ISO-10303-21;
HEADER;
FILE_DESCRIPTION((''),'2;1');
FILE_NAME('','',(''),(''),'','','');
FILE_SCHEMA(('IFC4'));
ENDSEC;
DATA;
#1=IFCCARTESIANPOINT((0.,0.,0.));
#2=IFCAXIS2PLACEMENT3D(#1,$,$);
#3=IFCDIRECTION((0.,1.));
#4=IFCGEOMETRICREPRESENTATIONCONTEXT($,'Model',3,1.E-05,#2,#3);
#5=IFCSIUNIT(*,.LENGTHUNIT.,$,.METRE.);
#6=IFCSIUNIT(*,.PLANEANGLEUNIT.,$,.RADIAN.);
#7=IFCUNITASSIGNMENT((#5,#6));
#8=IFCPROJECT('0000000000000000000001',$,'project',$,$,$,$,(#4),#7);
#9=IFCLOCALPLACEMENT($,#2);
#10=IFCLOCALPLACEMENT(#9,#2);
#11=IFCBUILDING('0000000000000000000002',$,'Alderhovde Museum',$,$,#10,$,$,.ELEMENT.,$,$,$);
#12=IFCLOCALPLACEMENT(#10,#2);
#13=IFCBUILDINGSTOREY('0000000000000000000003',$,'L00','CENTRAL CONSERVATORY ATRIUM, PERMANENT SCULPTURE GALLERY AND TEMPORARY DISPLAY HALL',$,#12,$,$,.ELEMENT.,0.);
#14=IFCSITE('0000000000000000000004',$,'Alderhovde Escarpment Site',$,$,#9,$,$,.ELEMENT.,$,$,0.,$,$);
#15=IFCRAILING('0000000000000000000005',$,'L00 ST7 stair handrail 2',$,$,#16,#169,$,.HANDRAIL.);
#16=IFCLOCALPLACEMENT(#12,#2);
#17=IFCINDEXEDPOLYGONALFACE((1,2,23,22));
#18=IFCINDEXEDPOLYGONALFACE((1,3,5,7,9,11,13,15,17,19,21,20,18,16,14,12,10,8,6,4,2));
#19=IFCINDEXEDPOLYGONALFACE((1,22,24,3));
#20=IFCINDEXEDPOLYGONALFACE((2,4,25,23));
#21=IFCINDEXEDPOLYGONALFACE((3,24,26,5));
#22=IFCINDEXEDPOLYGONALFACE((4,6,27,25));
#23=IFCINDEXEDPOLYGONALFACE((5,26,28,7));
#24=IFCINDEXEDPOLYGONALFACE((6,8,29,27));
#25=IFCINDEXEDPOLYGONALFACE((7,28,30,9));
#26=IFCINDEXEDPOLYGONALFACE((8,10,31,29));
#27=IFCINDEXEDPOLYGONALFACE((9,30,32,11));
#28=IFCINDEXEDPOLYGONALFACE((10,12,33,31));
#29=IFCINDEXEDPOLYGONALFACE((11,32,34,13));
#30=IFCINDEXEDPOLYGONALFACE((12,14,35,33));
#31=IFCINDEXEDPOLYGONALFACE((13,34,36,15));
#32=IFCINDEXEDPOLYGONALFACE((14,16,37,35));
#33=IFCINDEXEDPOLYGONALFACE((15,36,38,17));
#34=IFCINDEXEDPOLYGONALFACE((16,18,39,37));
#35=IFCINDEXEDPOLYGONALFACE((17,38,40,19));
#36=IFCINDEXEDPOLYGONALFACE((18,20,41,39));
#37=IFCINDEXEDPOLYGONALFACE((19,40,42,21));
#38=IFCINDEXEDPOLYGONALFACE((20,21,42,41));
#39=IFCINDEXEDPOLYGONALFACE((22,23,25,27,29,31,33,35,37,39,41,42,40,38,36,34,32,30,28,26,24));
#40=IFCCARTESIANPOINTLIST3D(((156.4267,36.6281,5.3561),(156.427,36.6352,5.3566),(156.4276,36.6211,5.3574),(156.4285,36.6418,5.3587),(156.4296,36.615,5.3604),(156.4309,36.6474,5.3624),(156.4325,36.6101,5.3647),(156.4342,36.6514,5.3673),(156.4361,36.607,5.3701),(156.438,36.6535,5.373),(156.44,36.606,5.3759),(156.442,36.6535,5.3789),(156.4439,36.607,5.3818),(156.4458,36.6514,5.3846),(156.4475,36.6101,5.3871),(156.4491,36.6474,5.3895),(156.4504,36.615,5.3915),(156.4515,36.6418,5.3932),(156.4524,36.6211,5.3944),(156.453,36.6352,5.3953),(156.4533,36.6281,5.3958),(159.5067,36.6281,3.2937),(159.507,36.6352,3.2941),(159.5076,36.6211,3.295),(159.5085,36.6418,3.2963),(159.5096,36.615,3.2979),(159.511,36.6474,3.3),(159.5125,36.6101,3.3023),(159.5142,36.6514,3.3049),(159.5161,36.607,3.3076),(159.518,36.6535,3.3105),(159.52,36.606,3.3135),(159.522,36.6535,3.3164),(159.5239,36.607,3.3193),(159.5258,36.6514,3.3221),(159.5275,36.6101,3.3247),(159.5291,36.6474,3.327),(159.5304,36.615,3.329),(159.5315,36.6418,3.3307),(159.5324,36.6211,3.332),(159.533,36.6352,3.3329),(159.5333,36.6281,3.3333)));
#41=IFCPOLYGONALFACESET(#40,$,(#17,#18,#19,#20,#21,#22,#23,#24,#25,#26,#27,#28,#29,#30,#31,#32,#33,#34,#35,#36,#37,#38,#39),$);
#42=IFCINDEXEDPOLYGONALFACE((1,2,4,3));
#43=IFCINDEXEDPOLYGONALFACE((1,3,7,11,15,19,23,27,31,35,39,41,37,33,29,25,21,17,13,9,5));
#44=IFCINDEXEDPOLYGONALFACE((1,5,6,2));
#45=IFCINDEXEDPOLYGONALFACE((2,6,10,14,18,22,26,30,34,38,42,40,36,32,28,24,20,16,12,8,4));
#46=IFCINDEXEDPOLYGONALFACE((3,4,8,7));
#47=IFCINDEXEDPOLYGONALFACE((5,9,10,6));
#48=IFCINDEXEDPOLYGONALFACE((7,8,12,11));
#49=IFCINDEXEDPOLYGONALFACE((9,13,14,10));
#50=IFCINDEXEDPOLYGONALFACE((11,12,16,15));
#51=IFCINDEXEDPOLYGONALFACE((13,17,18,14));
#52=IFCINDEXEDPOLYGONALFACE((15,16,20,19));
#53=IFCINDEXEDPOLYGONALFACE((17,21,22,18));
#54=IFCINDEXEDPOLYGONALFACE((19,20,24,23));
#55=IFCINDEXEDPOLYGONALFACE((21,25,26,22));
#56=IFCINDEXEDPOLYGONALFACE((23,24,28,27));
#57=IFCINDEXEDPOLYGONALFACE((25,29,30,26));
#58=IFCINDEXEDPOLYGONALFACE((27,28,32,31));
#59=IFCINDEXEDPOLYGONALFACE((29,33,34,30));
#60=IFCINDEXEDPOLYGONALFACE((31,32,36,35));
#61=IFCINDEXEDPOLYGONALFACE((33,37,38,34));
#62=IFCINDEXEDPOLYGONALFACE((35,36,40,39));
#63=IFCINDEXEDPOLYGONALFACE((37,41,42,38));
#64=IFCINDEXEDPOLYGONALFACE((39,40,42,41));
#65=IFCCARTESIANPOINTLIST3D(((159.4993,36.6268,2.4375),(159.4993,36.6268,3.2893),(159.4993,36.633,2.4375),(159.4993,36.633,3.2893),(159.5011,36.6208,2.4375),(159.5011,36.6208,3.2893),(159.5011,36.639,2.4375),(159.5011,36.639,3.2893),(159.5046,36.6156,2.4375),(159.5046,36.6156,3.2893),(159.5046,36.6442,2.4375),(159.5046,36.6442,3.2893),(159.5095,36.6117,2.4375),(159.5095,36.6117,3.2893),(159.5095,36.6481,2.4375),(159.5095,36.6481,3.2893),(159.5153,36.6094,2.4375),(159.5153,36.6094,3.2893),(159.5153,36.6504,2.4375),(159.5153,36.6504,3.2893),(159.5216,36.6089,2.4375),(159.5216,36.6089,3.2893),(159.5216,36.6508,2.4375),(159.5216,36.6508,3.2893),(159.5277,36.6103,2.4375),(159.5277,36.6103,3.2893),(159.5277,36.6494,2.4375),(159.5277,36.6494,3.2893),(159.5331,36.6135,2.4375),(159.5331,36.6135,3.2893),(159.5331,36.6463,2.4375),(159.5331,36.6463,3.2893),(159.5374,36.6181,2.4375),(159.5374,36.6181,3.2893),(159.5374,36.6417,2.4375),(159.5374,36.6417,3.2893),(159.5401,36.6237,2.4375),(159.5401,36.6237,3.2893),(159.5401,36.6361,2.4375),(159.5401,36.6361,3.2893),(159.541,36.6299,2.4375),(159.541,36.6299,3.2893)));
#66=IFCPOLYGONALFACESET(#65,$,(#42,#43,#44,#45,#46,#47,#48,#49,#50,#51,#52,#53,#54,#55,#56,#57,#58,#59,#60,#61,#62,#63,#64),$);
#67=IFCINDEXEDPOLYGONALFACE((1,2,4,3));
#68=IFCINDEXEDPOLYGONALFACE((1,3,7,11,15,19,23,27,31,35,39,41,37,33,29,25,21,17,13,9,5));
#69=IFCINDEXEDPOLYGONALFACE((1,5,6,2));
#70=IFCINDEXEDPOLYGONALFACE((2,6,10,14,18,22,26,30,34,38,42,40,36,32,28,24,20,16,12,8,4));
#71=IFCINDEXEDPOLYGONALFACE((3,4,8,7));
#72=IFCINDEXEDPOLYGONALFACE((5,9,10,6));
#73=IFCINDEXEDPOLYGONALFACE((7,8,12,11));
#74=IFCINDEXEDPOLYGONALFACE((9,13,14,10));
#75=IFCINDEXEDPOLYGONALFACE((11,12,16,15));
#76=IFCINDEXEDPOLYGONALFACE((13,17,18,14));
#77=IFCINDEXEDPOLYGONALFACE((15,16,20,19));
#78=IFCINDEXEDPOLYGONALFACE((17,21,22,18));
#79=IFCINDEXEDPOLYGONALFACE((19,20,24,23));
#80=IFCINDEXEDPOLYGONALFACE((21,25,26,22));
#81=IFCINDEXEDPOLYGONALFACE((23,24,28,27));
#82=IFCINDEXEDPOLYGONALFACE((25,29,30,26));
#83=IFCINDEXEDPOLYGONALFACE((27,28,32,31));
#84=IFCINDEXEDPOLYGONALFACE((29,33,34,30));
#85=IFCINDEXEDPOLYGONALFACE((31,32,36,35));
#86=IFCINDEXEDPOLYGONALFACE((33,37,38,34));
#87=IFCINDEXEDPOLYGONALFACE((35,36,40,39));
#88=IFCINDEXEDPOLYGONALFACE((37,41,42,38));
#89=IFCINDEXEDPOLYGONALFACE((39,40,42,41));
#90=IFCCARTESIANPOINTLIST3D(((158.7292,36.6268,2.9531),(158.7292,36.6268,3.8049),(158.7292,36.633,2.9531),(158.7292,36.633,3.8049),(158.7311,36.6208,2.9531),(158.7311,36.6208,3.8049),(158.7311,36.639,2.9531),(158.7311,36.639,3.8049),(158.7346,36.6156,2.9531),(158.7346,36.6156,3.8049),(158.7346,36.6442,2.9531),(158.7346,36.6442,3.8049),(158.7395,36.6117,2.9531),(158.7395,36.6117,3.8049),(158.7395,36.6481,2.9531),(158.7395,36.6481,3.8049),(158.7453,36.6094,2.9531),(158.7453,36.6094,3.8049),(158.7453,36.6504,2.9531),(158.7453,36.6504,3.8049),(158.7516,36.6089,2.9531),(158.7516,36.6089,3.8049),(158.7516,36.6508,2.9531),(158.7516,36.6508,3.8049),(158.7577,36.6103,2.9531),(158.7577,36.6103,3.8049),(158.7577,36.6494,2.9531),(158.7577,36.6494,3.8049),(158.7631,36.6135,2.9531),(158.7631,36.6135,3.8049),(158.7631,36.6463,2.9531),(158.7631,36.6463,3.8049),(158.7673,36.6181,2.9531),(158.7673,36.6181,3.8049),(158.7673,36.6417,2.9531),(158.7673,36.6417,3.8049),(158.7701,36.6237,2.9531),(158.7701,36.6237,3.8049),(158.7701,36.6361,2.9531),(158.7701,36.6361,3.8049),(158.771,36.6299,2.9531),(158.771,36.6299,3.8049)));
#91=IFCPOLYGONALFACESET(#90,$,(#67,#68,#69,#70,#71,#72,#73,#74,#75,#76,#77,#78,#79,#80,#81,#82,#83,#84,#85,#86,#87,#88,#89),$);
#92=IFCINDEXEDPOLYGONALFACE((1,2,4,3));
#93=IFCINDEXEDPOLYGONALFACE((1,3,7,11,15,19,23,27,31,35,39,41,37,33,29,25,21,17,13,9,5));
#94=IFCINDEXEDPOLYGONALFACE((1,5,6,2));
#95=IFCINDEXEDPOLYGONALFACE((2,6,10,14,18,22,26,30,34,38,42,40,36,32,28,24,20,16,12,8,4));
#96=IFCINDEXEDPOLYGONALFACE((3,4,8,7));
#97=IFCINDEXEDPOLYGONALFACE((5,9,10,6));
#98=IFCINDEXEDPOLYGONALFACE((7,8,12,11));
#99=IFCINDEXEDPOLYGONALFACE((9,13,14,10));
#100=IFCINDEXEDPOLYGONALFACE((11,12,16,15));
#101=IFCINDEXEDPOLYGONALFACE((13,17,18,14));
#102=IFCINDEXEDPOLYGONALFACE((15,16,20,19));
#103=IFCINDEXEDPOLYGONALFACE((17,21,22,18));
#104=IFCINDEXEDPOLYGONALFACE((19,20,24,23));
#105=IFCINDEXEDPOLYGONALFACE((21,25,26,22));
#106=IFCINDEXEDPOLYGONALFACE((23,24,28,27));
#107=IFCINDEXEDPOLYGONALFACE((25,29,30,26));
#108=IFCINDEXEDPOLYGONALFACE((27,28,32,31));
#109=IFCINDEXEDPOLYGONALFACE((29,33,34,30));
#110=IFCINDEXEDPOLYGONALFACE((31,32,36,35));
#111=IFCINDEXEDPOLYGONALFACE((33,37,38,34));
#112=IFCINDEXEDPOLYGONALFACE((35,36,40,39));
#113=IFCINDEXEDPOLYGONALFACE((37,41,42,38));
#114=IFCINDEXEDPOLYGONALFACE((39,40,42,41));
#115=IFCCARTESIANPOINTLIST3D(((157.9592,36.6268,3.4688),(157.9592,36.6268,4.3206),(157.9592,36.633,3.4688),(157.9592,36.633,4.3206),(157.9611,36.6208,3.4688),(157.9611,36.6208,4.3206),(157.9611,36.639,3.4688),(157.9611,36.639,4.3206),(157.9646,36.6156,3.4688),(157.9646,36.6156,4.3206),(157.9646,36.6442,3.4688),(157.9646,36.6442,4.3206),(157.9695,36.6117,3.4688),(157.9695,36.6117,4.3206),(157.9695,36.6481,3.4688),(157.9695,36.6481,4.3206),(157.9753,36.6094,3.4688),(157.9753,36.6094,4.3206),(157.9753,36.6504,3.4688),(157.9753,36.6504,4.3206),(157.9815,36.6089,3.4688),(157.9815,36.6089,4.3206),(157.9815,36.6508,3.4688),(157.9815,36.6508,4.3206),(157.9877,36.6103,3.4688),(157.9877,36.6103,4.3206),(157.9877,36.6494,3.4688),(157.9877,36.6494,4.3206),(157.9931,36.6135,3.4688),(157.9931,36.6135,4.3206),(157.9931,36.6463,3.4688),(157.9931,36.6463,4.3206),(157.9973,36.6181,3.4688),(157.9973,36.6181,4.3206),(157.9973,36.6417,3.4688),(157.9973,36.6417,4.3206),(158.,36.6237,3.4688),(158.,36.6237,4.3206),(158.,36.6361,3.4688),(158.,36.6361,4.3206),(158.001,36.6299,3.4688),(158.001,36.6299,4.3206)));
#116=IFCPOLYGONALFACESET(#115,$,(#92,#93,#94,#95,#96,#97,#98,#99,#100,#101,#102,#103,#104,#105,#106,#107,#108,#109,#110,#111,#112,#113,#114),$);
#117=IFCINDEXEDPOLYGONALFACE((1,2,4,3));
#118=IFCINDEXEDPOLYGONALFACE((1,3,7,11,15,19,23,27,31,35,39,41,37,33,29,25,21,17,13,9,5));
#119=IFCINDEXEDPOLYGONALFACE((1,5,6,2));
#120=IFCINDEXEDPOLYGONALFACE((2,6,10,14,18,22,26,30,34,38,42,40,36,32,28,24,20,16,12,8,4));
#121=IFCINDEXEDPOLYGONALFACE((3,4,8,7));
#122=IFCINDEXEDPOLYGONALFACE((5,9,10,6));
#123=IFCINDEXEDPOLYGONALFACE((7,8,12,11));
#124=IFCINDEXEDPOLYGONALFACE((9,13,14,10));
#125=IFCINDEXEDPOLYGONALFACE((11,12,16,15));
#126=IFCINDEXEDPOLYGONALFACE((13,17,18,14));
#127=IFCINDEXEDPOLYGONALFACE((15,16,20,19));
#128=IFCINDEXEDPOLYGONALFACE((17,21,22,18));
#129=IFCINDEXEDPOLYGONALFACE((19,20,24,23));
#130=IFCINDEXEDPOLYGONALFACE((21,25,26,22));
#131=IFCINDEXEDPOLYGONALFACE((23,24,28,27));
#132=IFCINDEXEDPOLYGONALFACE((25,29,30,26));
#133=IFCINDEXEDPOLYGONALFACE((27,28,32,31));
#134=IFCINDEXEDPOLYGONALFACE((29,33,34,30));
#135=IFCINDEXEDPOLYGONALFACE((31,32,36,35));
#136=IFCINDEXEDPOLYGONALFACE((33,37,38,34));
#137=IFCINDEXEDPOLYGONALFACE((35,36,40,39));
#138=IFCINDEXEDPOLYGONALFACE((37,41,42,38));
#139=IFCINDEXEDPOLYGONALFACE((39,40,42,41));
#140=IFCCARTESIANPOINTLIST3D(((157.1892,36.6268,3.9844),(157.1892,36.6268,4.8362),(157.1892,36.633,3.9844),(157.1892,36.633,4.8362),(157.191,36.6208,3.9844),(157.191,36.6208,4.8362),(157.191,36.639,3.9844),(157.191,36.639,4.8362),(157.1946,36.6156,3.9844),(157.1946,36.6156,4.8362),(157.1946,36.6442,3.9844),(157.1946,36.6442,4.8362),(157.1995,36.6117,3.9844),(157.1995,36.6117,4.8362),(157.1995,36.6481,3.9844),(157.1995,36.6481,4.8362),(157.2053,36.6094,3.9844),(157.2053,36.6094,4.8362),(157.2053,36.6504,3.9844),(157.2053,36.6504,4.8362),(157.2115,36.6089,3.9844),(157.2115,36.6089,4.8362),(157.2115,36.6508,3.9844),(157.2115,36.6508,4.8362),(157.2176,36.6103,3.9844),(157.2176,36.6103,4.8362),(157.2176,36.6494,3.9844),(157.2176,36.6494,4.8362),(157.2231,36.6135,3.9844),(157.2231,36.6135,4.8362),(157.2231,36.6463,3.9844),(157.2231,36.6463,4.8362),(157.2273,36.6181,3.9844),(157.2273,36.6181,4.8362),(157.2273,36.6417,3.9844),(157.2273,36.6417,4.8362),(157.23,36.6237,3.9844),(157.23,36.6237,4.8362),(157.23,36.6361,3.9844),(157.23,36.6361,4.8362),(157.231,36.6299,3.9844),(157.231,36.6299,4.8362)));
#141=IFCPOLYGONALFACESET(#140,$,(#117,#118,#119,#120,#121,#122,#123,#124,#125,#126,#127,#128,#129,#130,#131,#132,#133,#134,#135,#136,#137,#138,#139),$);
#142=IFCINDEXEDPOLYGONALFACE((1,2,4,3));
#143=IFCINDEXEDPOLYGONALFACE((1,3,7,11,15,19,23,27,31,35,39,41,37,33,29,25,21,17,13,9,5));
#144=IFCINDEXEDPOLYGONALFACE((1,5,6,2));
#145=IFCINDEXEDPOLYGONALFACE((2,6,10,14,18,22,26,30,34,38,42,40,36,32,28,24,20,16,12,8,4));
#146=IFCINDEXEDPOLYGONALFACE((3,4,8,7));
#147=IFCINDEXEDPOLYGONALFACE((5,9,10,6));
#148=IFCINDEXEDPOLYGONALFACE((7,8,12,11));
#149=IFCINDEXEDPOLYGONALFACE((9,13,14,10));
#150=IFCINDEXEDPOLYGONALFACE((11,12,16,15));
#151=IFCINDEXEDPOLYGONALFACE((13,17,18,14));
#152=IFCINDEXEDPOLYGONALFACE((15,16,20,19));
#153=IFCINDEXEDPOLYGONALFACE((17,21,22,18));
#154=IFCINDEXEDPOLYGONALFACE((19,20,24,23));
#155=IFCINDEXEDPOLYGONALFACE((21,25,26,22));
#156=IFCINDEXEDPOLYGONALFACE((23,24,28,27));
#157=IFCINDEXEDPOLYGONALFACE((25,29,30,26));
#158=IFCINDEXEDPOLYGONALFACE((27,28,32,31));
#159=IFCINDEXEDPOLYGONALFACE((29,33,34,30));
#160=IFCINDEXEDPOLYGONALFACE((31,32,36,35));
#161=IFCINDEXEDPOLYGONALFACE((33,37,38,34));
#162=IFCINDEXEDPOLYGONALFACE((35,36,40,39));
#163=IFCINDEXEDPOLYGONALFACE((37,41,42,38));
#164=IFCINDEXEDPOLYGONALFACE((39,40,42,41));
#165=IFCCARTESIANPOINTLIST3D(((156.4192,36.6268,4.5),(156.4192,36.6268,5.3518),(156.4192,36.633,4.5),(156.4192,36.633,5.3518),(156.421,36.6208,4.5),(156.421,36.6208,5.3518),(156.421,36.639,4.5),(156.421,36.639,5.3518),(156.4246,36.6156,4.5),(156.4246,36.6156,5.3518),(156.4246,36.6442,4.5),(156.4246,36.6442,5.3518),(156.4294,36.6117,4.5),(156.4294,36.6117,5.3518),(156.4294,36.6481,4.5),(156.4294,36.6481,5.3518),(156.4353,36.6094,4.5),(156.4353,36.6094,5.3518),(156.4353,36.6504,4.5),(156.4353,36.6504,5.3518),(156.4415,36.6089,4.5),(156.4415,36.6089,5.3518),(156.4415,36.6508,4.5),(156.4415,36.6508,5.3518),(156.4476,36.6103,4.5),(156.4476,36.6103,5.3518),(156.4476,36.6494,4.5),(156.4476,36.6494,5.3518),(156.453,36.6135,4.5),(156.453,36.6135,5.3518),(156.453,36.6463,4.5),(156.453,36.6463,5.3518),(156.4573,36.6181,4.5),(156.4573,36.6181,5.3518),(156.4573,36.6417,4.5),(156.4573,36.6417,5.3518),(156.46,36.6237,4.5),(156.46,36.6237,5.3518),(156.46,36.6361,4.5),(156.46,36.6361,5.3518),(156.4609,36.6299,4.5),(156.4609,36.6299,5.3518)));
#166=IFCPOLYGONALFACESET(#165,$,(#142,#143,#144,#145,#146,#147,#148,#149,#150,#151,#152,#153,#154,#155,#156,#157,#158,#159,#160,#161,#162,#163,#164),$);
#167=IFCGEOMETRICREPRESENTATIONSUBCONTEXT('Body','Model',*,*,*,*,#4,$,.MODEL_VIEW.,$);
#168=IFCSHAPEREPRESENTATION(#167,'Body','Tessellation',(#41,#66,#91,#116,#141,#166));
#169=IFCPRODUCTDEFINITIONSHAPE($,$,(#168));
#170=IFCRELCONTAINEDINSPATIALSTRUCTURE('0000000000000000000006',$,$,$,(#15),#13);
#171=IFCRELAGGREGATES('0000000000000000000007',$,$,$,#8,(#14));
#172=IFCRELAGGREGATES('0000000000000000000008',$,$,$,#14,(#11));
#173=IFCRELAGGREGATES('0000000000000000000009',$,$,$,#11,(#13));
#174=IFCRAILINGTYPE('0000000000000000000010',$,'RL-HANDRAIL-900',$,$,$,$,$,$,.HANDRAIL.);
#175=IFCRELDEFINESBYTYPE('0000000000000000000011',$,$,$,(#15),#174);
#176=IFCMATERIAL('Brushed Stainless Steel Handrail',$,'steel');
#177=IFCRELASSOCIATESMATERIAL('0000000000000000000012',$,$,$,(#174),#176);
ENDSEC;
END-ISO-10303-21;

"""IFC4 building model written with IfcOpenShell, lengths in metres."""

from ifc_helpers import new_model, si_unit, direction, frame, origin, origin_2d, place, context, subcontext, project, spatial, circle, extrude, material, type_object, element, save


model = new_model("IFC4")

# Units and contexts
model_context = context("Model", 3, precision=1e-05, world=origin(), true_north=direction((0.0, 1.0)))
body_context = subcontext(model_context, "Body", "Model", "MODEL_VIEW")
ifc_project = project(units=[si_unit("LENGTHUNIT", "METRE"), si_unit("PLANEANGLEUNIT", "RADIAN")], contexts=[model_context])

# Site, building, storey
site_placement = place(None, origin())
site = spatial("IfcSite", under=ifc_project, at=site_placement, Name="Alderhovde Escarpment Site", CompositionType="ELEMENT", RefElevation=0.0)
building_placement = place(site_placement, origin())
building = spatial("IfcBuilding", under=site, at=building_placement, Name="Alderhovde Museum", CompositionType="ELEMENT")
storey_placement = place(building_placement, origin())
storey = spatial("IfcBuildingStorey", under=building, at=storey_placement, Name="L00", Description="CENTRAL CONSERVATORY ATRIUM, PERMANENT SCULPTURE GALLERY AND TEMPORARY DISPLAY HALL", CompositionType="ELEMENT", Elevation=0.0)

# Railing
ifc_material_1 = material(Name="Brushed Stainless Steel Handrail", Category="steel")
railing_type_1 = type_object("IfcRailingType", Name="RL-HANDRAIL-900", PredefinedType="HANDRAIL", material=ifc_material_1)
railing_1_placement = place(storey_placement, frame((159.52, 36.6299, 2.4375)))
element("IfcRailing", 1, at=railing_1_placement, inside=storey, type_object=railing_type_1, Name="L00 ST7 stair handrail 2", PredefinedType="HANDRAIL", context=body_context, shape_type="SweptSolid", body=[
    extrude(circle(Radius=0.0239, at=origin_2d()), frame((0.0, 0.0, 0.876), z_axis=(-0.830914, 0.0, 0.556401), x_axis=(0.0, -1.0, 0.0)), (0.0, 0.0, 1.0), 3.7068),
    extrude(circle(Radius=0.021, at=origin_2d()), origin(), (0.0, 0.0, 1.0), 0.8518),
    extrude(circle(Radius=0.021, at=origin_2d()), frame((-0.77, 0.0, 0.5156)), (0.0, 0.0, 1.0), 0.8518),
    extrude(circle(Radius=0.021, at=origin_2d()), frame((-1.54, 0.0, 1.0312)), (0.0, 0.0, 1.0), 0.8518),
    extrude(circle(Radius=0.021, at=origin_2d()), frame((-2.3101, 0.0, 1.5469)), (0.0, 0.0, 1.0), 0.8518),
    extrude(circle(Radius=0.021, at=origin_2d()), frame((-3.0801, 0.0, 2.0625)), (0.0, 0.0, 1.0), 0.8518),
])

save(model, "model.ifc")
